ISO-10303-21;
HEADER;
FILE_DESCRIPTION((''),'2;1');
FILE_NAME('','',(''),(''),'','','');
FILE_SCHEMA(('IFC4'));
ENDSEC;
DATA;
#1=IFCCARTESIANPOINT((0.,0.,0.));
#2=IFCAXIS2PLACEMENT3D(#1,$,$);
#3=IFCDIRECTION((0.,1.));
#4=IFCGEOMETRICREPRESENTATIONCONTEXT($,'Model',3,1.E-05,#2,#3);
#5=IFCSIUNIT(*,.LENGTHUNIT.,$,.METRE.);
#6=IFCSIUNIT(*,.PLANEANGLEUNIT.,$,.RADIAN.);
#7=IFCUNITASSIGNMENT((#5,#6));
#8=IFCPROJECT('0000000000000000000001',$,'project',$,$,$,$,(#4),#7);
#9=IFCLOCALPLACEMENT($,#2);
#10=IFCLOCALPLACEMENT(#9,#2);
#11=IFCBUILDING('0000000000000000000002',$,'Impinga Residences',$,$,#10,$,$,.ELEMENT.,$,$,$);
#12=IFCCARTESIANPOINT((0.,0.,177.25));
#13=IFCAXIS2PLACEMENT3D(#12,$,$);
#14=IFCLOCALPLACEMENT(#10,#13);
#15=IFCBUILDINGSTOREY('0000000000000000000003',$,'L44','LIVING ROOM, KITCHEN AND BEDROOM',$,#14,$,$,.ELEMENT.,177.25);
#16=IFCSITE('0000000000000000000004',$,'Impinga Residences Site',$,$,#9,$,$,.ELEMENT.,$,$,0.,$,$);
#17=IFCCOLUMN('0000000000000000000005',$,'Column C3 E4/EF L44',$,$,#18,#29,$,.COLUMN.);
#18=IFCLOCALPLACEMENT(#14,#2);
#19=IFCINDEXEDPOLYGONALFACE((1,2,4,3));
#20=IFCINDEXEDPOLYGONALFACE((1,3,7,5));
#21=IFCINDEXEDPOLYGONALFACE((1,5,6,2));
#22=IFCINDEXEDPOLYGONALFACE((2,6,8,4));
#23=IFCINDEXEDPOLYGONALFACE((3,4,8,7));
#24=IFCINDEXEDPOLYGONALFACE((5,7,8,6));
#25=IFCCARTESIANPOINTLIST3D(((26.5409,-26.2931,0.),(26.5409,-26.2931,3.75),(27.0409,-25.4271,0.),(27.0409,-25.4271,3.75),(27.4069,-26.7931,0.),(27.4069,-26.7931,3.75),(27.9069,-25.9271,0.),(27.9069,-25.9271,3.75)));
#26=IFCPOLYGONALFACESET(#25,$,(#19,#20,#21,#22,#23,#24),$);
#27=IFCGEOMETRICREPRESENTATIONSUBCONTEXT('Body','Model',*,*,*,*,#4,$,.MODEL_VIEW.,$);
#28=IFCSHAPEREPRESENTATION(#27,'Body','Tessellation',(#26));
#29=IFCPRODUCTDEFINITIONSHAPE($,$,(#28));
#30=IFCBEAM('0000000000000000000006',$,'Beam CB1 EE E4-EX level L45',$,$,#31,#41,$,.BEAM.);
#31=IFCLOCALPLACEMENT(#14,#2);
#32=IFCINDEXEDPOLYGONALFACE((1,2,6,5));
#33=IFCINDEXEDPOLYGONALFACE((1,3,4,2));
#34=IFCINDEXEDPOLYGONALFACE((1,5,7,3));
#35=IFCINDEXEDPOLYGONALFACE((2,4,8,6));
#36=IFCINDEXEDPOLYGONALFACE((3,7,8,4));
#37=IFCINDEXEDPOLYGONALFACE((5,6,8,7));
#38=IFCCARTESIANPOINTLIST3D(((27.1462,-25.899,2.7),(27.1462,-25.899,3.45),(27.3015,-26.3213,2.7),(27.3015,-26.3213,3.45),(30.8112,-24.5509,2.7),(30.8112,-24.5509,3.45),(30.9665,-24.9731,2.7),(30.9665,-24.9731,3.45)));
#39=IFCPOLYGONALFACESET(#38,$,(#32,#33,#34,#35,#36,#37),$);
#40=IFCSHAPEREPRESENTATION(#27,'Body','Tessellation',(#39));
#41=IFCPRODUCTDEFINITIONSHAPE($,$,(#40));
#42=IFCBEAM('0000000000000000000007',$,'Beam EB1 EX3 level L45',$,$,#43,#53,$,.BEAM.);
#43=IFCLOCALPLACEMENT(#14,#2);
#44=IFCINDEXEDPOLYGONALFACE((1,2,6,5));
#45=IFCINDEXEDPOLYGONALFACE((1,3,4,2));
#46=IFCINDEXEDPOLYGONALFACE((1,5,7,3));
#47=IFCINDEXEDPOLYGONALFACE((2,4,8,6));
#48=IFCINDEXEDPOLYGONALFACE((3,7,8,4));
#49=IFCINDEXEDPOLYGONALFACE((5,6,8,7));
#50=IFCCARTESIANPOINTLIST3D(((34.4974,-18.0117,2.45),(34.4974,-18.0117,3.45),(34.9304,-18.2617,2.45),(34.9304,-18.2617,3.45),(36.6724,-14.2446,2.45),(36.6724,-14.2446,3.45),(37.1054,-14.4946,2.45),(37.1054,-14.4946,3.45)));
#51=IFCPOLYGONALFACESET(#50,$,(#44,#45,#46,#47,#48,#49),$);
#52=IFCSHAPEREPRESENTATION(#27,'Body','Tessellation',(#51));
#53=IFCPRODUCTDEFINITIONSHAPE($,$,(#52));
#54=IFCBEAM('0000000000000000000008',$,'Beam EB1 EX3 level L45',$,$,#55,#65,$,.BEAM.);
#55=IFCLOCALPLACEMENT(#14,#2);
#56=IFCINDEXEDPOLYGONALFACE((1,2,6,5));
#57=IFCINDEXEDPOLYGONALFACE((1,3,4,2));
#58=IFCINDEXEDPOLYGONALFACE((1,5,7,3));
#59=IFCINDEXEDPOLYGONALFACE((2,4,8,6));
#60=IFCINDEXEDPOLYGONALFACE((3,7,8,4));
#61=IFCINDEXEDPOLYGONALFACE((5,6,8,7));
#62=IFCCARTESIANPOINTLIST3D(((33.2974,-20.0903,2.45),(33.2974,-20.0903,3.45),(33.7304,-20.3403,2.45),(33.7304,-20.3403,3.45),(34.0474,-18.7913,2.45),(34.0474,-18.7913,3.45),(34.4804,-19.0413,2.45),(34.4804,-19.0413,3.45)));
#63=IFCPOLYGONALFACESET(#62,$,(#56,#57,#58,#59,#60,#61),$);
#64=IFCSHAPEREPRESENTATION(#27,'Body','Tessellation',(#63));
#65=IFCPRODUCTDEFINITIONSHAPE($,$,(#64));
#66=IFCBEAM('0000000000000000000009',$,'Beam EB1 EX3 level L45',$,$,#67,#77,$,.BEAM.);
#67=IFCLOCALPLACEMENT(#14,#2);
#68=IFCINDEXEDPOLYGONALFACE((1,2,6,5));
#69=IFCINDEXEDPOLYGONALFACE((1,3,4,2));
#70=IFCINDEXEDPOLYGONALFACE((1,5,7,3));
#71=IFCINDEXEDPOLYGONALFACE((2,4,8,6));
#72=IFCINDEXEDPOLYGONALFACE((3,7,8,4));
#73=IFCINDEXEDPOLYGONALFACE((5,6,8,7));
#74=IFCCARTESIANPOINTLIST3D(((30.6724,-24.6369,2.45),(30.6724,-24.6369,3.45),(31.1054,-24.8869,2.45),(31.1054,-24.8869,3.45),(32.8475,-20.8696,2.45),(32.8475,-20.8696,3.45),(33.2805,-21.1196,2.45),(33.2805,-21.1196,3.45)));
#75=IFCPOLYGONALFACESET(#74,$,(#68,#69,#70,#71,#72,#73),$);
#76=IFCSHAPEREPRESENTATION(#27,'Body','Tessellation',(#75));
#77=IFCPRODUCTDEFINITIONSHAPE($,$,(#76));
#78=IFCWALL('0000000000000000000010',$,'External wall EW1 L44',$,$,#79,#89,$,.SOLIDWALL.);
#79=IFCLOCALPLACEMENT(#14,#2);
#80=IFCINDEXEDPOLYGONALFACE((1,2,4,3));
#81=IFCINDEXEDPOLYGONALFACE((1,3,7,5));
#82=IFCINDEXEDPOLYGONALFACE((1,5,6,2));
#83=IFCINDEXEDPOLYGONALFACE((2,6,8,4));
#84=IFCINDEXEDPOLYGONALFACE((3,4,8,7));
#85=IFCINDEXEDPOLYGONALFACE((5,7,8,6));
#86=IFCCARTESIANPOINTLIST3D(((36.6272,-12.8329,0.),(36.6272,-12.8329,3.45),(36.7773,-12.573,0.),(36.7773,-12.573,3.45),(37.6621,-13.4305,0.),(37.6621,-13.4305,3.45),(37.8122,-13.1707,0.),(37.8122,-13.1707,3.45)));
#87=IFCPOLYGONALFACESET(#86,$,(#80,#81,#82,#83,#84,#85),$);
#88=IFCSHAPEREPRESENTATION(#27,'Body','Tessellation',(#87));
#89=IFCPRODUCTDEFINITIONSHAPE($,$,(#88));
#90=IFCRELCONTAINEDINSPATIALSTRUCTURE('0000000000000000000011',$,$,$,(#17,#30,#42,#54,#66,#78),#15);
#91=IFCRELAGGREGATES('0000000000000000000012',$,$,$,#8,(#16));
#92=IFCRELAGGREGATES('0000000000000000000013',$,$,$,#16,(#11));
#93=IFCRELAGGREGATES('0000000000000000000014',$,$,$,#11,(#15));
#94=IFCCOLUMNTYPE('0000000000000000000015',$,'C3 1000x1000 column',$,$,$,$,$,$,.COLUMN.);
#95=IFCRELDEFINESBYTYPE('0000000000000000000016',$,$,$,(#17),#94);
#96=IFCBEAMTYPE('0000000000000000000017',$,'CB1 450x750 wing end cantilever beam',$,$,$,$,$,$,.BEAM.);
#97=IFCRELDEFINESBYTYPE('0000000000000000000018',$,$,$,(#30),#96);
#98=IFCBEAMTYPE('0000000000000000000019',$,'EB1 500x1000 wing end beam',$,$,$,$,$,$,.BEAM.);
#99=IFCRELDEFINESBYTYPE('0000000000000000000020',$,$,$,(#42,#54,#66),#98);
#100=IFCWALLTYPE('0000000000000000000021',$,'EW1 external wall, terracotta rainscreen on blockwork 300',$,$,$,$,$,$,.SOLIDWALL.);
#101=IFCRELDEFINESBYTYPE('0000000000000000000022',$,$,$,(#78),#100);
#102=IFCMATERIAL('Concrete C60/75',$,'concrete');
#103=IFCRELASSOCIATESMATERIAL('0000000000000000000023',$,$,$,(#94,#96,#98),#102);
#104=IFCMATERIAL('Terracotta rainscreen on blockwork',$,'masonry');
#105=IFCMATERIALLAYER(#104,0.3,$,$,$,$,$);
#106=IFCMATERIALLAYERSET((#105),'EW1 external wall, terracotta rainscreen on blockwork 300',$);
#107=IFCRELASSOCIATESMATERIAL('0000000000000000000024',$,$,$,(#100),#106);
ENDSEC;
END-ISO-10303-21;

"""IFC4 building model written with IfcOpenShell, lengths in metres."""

from ifc_helpers import new_model, si_unit, direction, frame, frame_2d, origin, origin_2d, place, context, subcontext, project, spatial, rectangle, extrude, material, layer, layer_set, material_profile, profile_set, type_object, element, save


model = new_model("IFC4")

# Units and contexts
model_context = context("Model", 3, precision=1e-05, world=origin(), true_north=direction((0.0, 1.0)))
body_context = subcontext(model_context, "Body", "Model", "MODEL_VIEW")
ifc_project = project(units=[si_unit("LENGTHUNIT", "METRE"), si_unit("PLANEANGLEUNIT", "RADIAN")], contexts=[model_context])

# Site, building, storey
site_placement = place(None, origin())
site = spatial("IfcSite", under=ifc_project, at=site_placement, Name="Impinga Residences Site", CompositionType="ELEMENT", RefElevation=0.0)
building_placement = place(site_placement, origin())
building = spatial("IfcBuilding", under=site, at=building_placement, Name="Impinga Residences", CompositionType="ELEMENT")
storey_placement = place(building_placement, frame((0.0, 0.0, 177.25)))
storey = spatial("IfcBuildingStorey", under=building, at=storey_placement, Name="L44", Description="LIVING ROOM, KITCHEN AND BEDROOM", CompositionType="ELEMENT", Elevation=177.25)

# Column
ifc_material_1 = material(Name="Concrete C60/75", Category="concrete")
ifc_material_profile_1 = material_profile(ifc_material_1, rectangle(XDim=1.0, YDim=1.0, at=origin_2d()), Name="RC 1000x1000")
ifc_profile_set_1 = profile_set([ifc_material_profile_1], Name="Concrete C60/75")
column_type = type_object("IfcColumnType", Name="C3 1000x1000 column", PredefinedType="COLUMN", material=ifc_profile_set_1)
column_placement = place(storey_placement, frame((27.2239, -26.1101, 0.0), z_axis=(0.0, 0.0, 1.0), x_axis=(-0.5, -0.866025, 0.0)))
element("IfcColumn", 1, at=column_placement, inside=storey, type_object=column_type, Name="Column C3 E4/EF L44", PredefinedType="COLUMN", context=body_context, shape_type="SweptSolid", body=[
    extrude(rectangle(XDim=1.0, YDim=1.0, at=origin_2d()), origin(), (0.0, 0.0, 1.0), 3.75),
])

# Beams
ifc_material_profile_2 = material_profile(ifc_material_1, rectangle(XDim=0.45, YDim=0.75, at=origin_2d()), Name="RC 450x750")
ifc_profile_set_2 = profile_set([ifc_material_profile_2], Name="Concrete C60/75")
beam_type_1 = type_object("IfcBeamType", Name="CB1 450x750 wing end cantilever beam", PredefinedType="BEAM", material=ifc_profile_set_2)
beam_1_placement = place(storey_placement, frame((27.2239, -26.1101, 3.075), z_axis=(0.93852, 0.345224, 0.0), x_axis=(-0.345224, 0.93852, 0.0)))
element("IfcBeam", 2, at=beam_1_placement, inside=storey, type_object=beam_type_1, Name="Beam CB1 EE E4-EX level L45", PredefinedType="BEAM", context=body_context, shape_type="SweptSolid", body=[
    extrude(rectangle(XDim=0.45, YDim=0.75, at=origin_2d()), origin(), (0.0, 0.0, 1.0), 3.905),
])
ifc_material_profile_3 = material_profile(ifc_material_1, rectangle(XDim=0.5, YDim=1.0, at=origin_2d()), Name="RC 500x1000")
ifc_profile_set_3 = profile_set([ifc_material_profile_3], Name="Concrete C60/75")
beam_type_2 = type_object("IfcBeamType", Name="EB1 500x1000 wing end beam", PredefinedType="BEAM", material=ifc_profile_set_3)
beam_2_placement = place(storey_placement, frame((36.8889, -14.3696, 2.95), z_axis=(-0.50002, -0.866014, 0.0), x_axis=(0.866014, -0.50002, 0.0)))
element("IfcBeam", 3, at=beam_2_placement, inside=storey, type_object=beam_type_2, Name="Beam EB1 EX3 level L45", PredefinedType="BEAM", context=body_context, shape_type="SweptSolid", body=[
    extrude(rectangle(XDim=0.5, YDim=1.0, at=origin_2d()), origin(), (0.0, 0.0, 1.0), 4.3499),
])
beam_3_placement = place(storey_placement, frame((34.2639, -18.9163, 2.95), z_axis=(-0.49999, -0.866031, 0.0), x_axis=(0.866031, -0.49999, 0.0)))
element("IfcBeam", 4, at=beam_3_placement, inside=storey, type_object=beam_type_2, Name="Beam EB1 EX3 level L45", PredefinedType="BEAM", context=body_context, shape_type="SweptSolid", body=[
    extrude(rectangle(XDim=0.5, YDim=1.0, at=origin_2d()), origin(), (0.0, 0.0, 1.0), 1.5),
])
beam_4_placement = place(storey_placement, frame((33.064, -20.9946, 2.95), z_axis=(-0.499996, -0.866028, 0.0), x_axis=(0.866028, -0.499996, 0.0)))
element("IfcBeam", 5, at=beam_4_placement, inside=storey, type_object=beam_type_2, Name="Beam EB1 EX3 level L45", PredefinedType="BEAM", context=body_context, shape_type="SweptSolid", body=[
    extrude(rectangle(XDim=0.5, YDim=1.0, at=origin_2d()), origin(), (0.0, 0.0, 1.0), 4.3501),
])

# Wall
ifc_material_2 = material(Name="Terracotta rainscreen on blockwork", Category="masonry")
ifc_layer = layer(ifc_material_2, 0.3)
ifc_layer_set = layer_set([ifc_layer], Name="EW1 external wall, terracotta rainscreen on blockwork 300")
wall_type = type_object("IfcWallType", Name="EW1 external wall, terracotta rainscreen on blockwork 300", PredefinedType="SOLIDWALL", material=ifc_layer_set)
wall_1_placement = place(storey_placement, frame((36.7021, -12.7029, 0.0), z_axis=(0.0, 0.0, 1.0), x_axis=(0.865971, -0.500094, 0.0)))
element("IfcWall", 6, at=wall_1_placement, inside=storey, type_object=wall_type, Name="External wall EW1 L44", PredefinedType="SOLIDWALL", context=body_context, shape_type="SweptSolid", body=[
    extrude(rectangle(XDim=1.1951, YDim=0.3, at=frame_2d((0.5977, 0.0))), origin(), (0.0, 0.0, 1.0), 3.45),
])

save(model, "model.ifc")
